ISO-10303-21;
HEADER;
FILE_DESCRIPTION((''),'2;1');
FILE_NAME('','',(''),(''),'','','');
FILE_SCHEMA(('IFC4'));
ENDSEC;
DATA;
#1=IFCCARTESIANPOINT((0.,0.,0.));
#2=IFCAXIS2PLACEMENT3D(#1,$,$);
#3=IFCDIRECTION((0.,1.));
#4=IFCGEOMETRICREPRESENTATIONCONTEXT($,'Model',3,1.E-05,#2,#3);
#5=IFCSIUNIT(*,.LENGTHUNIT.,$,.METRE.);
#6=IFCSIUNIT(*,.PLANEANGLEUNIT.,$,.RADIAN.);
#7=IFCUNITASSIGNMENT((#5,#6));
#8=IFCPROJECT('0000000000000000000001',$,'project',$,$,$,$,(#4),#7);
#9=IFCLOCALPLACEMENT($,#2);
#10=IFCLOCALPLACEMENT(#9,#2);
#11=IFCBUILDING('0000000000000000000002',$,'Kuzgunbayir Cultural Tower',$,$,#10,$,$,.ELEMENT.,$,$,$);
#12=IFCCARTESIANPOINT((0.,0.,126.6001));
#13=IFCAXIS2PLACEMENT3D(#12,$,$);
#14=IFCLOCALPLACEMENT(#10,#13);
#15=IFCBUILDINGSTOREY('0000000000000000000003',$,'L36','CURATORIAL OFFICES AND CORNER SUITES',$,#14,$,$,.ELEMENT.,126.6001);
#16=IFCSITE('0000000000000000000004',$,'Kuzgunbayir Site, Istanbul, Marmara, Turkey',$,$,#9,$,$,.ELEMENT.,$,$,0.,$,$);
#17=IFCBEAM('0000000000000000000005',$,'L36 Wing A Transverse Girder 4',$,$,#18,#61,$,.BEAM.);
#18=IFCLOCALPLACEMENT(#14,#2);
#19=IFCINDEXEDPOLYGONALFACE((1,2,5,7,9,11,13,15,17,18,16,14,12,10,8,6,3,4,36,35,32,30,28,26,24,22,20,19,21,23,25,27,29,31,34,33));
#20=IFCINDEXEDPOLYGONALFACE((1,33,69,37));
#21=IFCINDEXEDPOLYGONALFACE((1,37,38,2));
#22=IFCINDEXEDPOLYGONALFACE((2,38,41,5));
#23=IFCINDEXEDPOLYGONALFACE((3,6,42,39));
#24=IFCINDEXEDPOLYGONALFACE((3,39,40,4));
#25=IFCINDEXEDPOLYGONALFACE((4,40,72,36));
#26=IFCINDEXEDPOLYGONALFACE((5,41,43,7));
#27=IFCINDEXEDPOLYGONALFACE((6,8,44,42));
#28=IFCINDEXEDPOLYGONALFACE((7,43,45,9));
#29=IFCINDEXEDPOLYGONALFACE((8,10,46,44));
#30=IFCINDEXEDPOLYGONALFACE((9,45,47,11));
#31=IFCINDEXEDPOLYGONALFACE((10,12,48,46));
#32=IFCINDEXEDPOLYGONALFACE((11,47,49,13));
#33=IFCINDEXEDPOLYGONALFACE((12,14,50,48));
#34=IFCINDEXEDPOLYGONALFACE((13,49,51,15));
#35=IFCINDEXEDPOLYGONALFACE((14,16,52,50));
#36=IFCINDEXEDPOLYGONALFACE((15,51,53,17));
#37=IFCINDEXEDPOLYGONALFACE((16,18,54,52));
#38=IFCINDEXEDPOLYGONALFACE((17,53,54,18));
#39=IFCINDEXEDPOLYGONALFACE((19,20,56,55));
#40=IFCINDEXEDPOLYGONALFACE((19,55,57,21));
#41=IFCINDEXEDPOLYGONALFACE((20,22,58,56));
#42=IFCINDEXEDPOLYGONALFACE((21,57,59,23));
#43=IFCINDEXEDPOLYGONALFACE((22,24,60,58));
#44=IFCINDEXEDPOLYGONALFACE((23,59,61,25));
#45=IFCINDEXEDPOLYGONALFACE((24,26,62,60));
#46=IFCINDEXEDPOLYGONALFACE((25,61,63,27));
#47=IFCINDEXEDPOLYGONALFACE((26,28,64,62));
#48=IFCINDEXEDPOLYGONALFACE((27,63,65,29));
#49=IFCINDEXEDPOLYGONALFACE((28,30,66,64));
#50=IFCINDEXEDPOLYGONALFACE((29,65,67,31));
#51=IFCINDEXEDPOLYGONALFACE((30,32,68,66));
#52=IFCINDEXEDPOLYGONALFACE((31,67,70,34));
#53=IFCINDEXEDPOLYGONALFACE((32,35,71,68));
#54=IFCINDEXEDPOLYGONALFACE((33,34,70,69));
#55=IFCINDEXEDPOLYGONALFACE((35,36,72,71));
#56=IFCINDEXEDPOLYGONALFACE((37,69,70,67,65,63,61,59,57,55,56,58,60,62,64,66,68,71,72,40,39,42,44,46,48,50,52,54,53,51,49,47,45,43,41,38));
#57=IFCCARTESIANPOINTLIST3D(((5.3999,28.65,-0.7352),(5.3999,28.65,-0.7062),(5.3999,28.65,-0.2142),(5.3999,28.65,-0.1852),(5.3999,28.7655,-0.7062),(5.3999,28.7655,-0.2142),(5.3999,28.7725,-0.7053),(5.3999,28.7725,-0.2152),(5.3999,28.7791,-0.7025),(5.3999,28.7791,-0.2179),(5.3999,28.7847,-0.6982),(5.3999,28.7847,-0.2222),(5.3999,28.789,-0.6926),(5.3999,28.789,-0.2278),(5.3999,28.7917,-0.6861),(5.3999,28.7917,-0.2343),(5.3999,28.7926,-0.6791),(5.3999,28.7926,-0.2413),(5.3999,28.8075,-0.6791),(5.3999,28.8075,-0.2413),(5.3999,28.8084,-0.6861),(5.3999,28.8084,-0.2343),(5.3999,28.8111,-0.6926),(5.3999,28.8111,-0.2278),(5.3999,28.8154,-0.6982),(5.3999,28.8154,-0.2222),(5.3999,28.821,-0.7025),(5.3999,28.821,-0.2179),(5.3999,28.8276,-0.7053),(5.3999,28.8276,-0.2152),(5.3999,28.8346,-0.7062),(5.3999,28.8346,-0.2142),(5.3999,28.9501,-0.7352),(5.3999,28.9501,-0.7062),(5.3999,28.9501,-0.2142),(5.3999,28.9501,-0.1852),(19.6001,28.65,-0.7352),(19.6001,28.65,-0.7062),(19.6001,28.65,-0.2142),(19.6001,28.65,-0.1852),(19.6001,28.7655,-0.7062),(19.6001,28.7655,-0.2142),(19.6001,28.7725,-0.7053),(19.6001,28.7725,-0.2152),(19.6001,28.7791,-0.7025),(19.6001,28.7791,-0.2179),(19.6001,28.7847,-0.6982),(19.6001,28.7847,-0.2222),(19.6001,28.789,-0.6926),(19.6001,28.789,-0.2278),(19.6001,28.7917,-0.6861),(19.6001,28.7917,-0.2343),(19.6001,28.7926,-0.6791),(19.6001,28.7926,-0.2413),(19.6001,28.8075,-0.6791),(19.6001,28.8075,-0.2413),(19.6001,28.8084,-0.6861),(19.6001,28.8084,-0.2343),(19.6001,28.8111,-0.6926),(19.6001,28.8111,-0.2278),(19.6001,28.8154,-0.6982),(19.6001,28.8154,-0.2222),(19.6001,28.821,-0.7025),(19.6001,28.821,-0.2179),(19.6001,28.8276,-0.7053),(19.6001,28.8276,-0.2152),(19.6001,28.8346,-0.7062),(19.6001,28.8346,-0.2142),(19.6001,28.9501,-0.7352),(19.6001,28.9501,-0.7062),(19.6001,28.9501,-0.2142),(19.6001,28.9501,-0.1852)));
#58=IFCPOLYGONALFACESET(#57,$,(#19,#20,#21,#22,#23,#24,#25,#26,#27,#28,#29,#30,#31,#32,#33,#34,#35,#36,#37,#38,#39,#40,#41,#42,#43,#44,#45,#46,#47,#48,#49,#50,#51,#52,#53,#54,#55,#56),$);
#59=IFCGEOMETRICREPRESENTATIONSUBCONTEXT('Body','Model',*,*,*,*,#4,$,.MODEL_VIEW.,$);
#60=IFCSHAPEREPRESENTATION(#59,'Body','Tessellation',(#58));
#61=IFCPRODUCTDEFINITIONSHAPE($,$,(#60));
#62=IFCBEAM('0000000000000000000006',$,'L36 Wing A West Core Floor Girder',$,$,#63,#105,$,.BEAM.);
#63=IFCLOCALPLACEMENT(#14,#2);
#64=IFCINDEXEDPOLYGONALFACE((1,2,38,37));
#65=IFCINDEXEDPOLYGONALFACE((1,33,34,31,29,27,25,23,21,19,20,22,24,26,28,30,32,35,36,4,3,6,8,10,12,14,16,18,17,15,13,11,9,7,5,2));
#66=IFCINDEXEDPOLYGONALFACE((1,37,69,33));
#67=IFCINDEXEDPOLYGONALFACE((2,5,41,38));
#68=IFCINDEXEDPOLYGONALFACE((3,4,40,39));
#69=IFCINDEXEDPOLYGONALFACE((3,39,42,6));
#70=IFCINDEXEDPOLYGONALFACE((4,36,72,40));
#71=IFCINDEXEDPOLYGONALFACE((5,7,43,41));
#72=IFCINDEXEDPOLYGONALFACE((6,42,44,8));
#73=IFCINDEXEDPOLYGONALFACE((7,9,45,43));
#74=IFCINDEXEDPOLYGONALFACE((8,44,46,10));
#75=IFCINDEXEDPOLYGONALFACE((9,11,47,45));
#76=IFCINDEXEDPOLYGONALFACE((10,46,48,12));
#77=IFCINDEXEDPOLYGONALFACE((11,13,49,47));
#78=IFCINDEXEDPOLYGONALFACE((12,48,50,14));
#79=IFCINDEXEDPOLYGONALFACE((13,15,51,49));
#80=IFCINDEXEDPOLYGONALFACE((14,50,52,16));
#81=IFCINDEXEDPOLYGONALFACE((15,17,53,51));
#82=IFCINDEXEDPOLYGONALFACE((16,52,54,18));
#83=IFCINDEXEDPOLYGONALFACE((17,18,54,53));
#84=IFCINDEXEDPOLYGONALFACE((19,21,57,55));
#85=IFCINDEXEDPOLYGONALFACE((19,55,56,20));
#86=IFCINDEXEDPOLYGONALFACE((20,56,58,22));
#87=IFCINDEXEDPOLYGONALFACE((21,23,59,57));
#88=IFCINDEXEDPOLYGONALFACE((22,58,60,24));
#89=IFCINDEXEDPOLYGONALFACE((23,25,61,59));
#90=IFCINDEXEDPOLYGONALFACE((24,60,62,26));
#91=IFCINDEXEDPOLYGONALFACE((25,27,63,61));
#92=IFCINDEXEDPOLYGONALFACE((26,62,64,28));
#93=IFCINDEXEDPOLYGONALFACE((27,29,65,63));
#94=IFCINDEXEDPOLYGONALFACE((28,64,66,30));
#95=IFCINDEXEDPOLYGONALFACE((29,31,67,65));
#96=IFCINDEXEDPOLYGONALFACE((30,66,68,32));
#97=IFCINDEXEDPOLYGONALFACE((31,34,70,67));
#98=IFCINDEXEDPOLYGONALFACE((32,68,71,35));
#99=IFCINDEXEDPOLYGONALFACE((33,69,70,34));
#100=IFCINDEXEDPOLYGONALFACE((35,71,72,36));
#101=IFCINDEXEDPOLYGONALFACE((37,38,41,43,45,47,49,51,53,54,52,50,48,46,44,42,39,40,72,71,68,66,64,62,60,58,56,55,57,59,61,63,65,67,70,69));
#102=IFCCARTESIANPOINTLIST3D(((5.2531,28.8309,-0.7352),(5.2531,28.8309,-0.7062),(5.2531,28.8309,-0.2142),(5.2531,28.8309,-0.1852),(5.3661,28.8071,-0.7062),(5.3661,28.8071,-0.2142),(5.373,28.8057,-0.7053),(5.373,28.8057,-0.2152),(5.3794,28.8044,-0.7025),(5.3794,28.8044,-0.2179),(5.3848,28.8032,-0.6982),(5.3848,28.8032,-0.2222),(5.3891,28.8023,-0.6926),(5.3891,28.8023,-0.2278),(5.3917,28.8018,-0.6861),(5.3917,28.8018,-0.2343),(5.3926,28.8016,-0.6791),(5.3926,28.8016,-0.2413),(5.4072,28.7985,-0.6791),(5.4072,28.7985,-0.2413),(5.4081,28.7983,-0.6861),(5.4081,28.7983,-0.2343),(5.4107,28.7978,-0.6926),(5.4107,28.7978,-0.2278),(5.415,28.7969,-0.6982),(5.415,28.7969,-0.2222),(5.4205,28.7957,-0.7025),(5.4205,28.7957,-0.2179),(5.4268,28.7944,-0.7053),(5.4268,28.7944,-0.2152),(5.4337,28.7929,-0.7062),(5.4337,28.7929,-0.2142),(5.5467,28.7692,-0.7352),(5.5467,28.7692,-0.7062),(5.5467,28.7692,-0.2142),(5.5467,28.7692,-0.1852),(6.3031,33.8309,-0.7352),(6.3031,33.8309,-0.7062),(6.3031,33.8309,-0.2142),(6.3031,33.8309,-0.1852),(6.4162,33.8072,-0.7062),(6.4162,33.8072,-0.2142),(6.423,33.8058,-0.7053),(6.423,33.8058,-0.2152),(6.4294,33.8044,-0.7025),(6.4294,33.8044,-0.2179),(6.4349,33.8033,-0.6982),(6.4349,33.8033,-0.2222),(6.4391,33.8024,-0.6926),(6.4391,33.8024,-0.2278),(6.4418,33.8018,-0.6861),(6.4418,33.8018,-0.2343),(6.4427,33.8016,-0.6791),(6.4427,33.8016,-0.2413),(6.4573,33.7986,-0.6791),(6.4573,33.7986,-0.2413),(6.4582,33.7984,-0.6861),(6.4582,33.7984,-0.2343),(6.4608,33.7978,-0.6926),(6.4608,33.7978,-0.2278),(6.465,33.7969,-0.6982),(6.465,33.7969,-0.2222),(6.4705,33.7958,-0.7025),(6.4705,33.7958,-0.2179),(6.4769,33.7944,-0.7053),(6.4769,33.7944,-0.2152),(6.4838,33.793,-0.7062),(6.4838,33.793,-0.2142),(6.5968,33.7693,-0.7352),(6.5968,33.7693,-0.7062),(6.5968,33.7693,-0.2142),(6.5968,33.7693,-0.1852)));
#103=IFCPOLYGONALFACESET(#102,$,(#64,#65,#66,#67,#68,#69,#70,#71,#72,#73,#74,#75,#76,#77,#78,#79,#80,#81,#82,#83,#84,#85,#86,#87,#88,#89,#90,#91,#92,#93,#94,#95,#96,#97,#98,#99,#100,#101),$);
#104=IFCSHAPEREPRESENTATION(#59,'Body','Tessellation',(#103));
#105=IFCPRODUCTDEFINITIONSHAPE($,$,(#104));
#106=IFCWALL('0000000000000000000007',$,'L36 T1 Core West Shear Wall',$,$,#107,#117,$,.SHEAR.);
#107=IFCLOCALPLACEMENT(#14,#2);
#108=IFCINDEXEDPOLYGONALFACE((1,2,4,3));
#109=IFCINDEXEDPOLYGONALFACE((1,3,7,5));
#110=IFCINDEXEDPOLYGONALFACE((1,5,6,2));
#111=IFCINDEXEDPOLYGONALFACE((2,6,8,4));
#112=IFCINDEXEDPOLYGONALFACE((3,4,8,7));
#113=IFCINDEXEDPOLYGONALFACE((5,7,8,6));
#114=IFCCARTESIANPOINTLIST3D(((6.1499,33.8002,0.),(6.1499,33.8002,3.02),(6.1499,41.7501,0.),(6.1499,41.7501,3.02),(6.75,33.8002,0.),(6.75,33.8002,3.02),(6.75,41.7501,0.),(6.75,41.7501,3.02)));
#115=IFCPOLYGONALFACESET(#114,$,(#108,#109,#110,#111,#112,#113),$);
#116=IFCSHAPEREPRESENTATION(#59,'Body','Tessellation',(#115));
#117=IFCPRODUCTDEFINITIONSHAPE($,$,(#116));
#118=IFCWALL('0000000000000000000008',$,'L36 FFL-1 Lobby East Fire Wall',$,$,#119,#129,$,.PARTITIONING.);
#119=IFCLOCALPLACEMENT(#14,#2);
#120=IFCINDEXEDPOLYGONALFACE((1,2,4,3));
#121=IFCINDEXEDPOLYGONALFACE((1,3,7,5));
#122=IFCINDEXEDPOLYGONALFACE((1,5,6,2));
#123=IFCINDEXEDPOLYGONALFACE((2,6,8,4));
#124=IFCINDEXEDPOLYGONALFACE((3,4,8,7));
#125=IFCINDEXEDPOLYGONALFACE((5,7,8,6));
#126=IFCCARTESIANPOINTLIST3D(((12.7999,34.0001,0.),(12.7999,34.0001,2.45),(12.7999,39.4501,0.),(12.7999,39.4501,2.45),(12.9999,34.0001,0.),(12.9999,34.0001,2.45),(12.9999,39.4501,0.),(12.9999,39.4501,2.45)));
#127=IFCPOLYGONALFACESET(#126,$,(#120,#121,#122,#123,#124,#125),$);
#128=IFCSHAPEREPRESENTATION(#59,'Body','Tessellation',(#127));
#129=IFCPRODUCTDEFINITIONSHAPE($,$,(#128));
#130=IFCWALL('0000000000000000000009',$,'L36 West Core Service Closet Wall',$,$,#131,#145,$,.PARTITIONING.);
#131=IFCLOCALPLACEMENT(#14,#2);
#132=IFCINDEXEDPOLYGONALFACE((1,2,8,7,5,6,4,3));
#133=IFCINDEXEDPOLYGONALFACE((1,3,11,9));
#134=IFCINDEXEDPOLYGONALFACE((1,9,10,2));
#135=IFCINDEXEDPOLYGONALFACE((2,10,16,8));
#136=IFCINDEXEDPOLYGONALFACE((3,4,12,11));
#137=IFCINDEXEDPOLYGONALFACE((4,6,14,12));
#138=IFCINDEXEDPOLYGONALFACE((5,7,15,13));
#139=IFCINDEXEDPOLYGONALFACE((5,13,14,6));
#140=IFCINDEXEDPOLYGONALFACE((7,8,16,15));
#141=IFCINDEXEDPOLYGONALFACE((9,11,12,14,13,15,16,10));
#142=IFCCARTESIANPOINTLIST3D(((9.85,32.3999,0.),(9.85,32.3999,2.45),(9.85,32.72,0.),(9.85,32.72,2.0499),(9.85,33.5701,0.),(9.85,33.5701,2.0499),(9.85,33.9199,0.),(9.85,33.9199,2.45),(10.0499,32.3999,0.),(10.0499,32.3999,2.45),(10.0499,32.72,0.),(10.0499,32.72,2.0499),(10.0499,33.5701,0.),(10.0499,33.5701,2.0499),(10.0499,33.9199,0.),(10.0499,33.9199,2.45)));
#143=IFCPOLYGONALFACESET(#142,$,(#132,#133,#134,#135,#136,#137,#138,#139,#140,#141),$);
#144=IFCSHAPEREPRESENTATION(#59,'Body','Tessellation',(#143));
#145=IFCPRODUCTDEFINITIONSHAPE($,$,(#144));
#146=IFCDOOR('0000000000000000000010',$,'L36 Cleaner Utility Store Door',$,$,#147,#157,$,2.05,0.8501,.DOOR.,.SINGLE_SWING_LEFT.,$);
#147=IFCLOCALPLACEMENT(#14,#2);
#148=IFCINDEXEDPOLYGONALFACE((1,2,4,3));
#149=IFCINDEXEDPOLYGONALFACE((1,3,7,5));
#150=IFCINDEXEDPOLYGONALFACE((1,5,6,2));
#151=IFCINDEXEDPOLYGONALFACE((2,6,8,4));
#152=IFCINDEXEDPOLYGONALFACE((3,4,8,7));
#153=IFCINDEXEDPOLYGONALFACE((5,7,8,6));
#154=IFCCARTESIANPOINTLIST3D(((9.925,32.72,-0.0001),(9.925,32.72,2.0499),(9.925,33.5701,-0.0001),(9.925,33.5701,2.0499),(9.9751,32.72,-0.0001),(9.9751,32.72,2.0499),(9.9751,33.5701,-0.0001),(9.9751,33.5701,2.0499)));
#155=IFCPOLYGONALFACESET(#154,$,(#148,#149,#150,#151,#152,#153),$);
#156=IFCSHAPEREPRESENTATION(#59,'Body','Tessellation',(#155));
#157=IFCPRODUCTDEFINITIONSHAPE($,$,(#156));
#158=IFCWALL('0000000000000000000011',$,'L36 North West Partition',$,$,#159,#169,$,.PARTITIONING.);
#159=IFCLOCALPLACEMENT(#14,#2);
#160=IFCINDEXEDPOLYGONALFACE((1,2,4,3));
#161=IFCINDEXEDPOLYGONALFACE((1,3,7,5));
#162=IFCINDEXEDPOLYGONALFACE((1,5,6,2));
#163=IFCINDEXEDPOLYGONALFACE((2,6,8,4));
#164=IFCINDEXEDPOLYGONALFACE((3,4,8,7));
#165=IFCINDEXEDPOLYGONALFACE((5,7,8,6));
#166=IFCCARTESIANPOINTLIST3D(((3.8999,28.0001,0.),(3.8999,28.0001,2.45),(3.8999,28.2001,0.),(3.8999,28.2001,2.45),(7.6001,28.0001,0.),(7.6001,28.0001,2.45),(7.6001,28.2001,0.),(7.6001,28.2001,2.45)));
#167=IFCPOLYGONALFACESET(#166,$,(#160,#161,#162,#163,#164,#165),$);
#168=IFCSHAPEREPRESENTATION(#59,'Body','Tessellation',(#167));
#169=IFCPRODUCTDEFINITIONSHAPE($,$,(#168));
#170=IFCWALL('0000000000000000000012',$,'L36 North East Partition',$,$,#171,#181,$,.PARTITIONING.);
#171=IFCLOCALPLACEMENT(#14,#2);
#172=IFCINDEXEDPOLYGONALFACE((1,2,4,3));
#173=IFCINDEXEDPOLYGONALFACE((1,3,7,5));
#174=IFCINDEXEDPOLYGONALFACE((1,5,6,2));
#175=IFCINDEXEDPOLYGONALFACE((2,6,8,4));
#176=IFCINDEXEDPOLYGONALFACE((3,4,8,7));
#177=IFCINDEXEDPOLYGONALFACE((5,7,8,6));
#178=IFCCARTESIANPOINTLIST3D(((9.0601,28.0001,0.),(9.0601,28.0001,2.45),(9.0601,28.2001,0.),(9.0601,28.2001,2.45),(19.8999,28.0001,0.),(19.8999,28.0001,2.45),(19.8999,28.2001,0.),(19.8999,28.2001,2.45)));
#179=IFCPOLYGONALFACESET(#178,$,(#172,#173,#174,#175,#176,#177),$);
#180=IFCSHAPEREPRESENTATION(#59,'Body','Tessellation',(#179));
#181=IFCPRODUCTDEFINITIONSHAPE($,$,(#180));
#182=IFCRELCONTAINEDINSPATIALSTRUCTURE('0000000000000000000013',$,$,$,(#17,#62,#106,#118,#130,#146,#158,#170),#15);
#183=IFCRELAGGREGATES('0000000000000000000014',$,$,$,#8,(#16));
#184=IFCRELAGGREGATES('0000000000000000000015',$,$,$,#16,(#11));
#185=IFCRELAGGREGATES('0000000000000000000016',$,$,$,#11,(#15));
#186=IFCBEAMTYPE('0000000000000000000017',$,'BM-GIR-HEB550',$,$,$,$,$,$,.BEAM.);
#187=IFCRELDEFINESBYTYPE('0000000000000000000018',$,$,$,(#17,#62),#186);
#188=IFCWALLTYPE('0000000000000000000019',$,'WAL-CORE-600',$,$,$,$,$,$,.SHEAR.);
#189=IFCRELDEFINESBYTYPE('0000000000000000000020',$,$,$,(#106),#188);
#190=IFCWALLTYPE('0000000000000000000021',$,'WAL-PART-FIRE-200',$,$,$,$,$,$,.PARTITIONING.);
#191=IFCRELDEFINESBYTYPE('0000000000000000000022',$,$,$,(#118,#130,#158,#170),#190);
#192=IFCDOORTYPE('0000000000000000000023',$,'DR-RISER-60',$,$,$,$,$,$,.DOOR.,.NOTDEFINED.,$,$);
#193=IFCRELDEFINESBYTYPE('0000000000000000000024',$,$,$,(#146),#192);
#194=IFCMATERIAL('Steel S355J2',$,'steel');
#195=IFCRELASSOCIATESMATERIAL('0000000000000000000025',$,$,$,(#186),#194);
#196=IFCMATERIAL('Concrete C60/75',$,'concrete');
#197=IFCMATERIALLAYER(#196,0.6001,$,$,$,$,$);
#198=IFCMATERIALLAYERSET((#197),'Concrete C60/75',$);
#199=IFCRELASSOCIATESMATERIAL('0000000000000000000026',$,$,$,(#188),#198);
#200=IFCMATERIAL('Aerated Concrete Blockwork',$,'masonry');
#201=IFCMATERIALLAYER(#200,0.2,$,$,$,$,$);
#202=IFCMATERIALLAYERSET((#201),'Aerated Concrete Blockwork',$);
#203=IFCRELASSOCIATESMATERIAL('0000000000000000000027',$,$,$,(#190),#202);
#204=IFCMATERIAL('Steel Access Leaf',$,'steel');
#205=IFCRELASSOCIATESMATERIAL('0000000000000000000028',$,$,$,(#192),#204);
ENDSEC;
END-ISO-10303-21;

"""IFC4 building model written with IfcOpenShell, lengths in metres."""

from ifc_helpers import new_model, si_unit, direction, frame, frame_2d, origin, origin_2d, place, context, subcontext, project, spatial, rectangle, i_section, extrude, material, layer, layer_set, material_profile, profile_set, type_object, element, fill, save


model = new_model("IFC4")

# Units and contexts
model_context = context("Model", 3, precision=1e-05, world=origin(), true_north=direction((0.0, 1.0)))
body_context = subcontext(model_context, "Body", "Model", "MODEL_VIEW")
ifc_project = project(units=[si_unit("LENGTHUNIT", "METRE"), si_unit("PLANEANGLEUNIT", "RADIAN")], contexts=[model_context])

# Site, building, storey
site_placement = place(None, origin())
site = spatial("IfcSite", under=ifc_project, at=site_placement, Name="Kuzgunbayir Site, Istanbul, Marmara, Turkey", CompositionType="ELEMENT", RefElevation=0.0)
building_placement = place(site_placement, origin())
building = spatial("IfcBuilding", under=site, at=building_placement, Name="Kuzgunbayir Cultural Tower", CompositionType="ELEMENT")
storey_placement = place(building_placement, frame((0.0, 0.0, 126.6001)))
storey = spatial("IfcBuildingStorey", under=building, at=storey_placement, Name="L36", Description="CURATORIAL OFFICES AND CORNER SUITES", CompositionType="ELEMENT", Elevation=126.6001)

# Beams
ifc_material_1 = material(Name="Steel S355J2", Category="steel")
ifc_material_profile_1 = material_profile(ifc_material_1, i_section(OverallWidth=0.3, OverallDepth=0.55, WebThickness=0.0149, FlangeThickness=0.0291, FilletRadius=0.0271, at=origin_2d()), Name="HEB 550")
ifc_profile_set_1 = profile_set([ifc_material_profile_1], Name="Steel S355J2")
beam_type = type_object("IfcBeamType", Name="BM-GIR-HEB550", PredefinedType="BEAM", material=ifc_profile_set_1)
beam_1_placement = place(storey_placement, frame((5.3999, 28.8, -0.4602), z_axis=(1.0, 0.0, 0.0), x_axis=(0.0, 1.0, 0.0)))
element("IfcBeam", 1, at=beam_1_placement, inside=storey, type_object=beam_type, Name="L36 Wing A Transverse Girder 4", PredefinedType="BEAM", context=body_context, shape_type="SweptSolid", body=[
    extrude(i_section(OverallWidth=0.3, OverallDepth=0.55, WebThickness=0.0149, FlangeThickness=0.0291, FilletRadius=0.0271, at=origin_2d()), origin(), (0.0, 0.0, 1.0), 14.2002),
])
beam_2_placement = place(storey_placement, frame((5.3999, 28.8, -0.4602), z_axis=(0.205526, 0.978652, 0.0), x_axis=(-0.978652, 0.205526, 0.0)))
element("IfcBeam", 2, at=beam_2_placement, inside=storey, type_object=beam_type, Name="L36 Wing A West Core Floor Girder", PredefinedType="BEAM", context=body_context, shape_type="SweptSolid", body=[
    extrude(i_section(OverallWidth=0.3, OverallDepth=0.55, WebThickness=0.0149, FlangeThickness=0.0291, FilletRadius=0.0271, at=origin_2d()), origin(), (0.0, 0.0, 1.0), 5.1091),
])

# Walls
ifc_material_2 = material(Name="Concrete C60/75", Category="concrete")
ifc_layer_1 = layer(ifc_material_2, 0.6001)
ifc_layer_set_1 = layer_set([ifc_layer_1], Name="Concrete C60/75")
wall_type_1 = type_object("IfcWallType", Name="WAL-CORE-600", PredefinedType="SHEAR", material=ifc_layer_set_1)
wall_1_placement = place(storey_placement, frame((6.45, 33.8, 0.0), z_axis=(0.0, 0.0, 1.0), x_axis=(0.0, 1.0, 0.0)))
element("IfcWall", 3, at=wall_1_placement, inside=storey, type_object=wall_type_1, Name="L36 T1 Core West Shear Wall", PredefinedType="SHEAR", context=body_context, shape_type="SweptSolid", body=[
    extrude(rectangle(XDim=7.95, YDim=0.6001, at=frame_2d((3.9751, 0.0))), origin(), (0.0, 0.0, 1.0), 3.02),
])
ifc_material_3 = material(Name="Aerated Concrete Blockwork", Category="masonry")
ifc_layer_2 = layer(ifc_material_3, 0.2)
ifc_layer_set_2 = layer_set([ifc_layer_2], Name="Aerated Concrete Blockwork")
wall_type_2 = type_object("IfcWallType", Name="WAL-PART-FIRE-200", PredefinedType="PARTITIONING", material=ifc_layer_set_2)
wall_2_placement = place(storey_placement, frame((12.8999, 34.0, 0.0), z_axis=(0.0, 0.0, 1.0), x_axis=(0.0, 1.0, 0.0)))
element("IfcWall", 4, at=wall_2_placement, inside=storey, type_object=wall_type_2, Name="L36 FFL-1 Lobby East Fire Wall", PredefinedType="PARTITIONING", context=body_context, shape_type="SweptSolid", body=[
    extrude(rectangle(XDim=5.45, YDim=0.2, at=frame_2d((2.7251, 0.0))), origin(), (0.0, 0.0, 1.0), 2.45),
])

# Wall, opening, door
wall_3_placement = place(storey_placement, frame((9.95, 32.3999, 0.0), z_axis=(0.0, 0.0, 1.0), x_axis=(0.0, 1.0, 0.0)))
wall_3 = element("IfcWall", 5, at=wall_3_placement, inside=storey, type_object=wall_type_2, Name="L36 West Core Service Closet Wall", PredefinedType="PARTITIONING", context=body_context, shape_type="SweptSolid", body=[
    extrude(rectangle(XDim=1.52, YDim=0.2, at=frame_2d((0.76, 0.0))), origin(), (0.0, 0.0, 1.0), 2.45),
])
opening_1_placement = place(wall_3_placement, frame((0.3201, 0.0, 0.0)))
opening_1 = element("IfcOpeningElement", 6, at=opening_1_placement, cuts=wall_3, PredefinedType="OPENING", context=body_context, shape_type="SweptSolid", body=[
    extrude(rectangle(XDim=0.8501, YDim=2.05, at=frame_2d((0.425, 1.0249))), frame((0.0, 0.1099, 0.0), z_axis=(0.0, -1.0, 0.0), x_axis=(1.0, 0.0, 0.0)), (0.0, 0.0, 1.0), 0.22),
])
ifc_material_4 = material(Name="Steel Access Leaf", Category="steel")
door_type_1 = type_object("IfcDoorType", Name="DR-RISER-60", OperationType="NOTDEFINED", PredefinedType="DOOR", material=ifc_material_4)
door_1_placement = place(opening_1_placement, origin())
door_1 = element("IfcDoor", 7, at=door_1_placement, inside=storey, type_object=door_type_1, Name="L36 Cleaner Utility Store Door", OperationType="SINGLE_SWING_LEFT", OverallHeight=2.05, OverallWidth=0.8501, PredefinedType="DOOR", context=body_context, shape_type="SweptSolid", body=[
    extrude(rectangle(XDim=0.8501, YDim=2.05, at=frame_2d((0.425, 1.0249))), frame((0.0, 0.0249, 0.0), z_axis=(0.0, -1.0, 0.0), x_axis=(1.0, 0.0, 0.0)), (0.0, 0.0, 1.0), 0.05),
])
fill(opening_1, door_1)

# Walls
wall_4_placement = place(storey_placement, frame((3.8999, 28.1001, 0.0), z_axis=(0.0, 0.0, 1.0), x_axis=(1.0, 0.0, 0.0)))
element("IfcWall", 8, at=wall_4_placement, inside=storey, type_object=wall_type_2, Name="L36 North West Partition", PredefinedType="PARTITIONING", context=body_context, shape_type="SweptSolid", body=[
    extrude(rectangle(XDim=3.7002, YDim=0.2, at=frame_2d((1.8501, 0.0))), origin(), (0.0, 0.0, 1.0), 2.45),
])
wall_5_placement = place(storey_placement, frame((9.0601, 28.1001, 0.0), z_axis=(0.0, 0.0, 1.0), x_axis=(1.0, 0.0, 0.0)))
element("IfcWall", 9, at=wall_5_placement, inside=storey, type_object=wall_type_2, Name="L36 North East Partition", PredefinedType="PARTITIONING", context=body_context, shape_type="SweptSolid", body=[
    extrude(rectangle(XDim=10.8398, YDim=0.2, at=frame_2d((5.4199, 0.0))), origin(), (0.0, 0.0, 1.0), 2.45),
])

save(model, "model.ifc")
